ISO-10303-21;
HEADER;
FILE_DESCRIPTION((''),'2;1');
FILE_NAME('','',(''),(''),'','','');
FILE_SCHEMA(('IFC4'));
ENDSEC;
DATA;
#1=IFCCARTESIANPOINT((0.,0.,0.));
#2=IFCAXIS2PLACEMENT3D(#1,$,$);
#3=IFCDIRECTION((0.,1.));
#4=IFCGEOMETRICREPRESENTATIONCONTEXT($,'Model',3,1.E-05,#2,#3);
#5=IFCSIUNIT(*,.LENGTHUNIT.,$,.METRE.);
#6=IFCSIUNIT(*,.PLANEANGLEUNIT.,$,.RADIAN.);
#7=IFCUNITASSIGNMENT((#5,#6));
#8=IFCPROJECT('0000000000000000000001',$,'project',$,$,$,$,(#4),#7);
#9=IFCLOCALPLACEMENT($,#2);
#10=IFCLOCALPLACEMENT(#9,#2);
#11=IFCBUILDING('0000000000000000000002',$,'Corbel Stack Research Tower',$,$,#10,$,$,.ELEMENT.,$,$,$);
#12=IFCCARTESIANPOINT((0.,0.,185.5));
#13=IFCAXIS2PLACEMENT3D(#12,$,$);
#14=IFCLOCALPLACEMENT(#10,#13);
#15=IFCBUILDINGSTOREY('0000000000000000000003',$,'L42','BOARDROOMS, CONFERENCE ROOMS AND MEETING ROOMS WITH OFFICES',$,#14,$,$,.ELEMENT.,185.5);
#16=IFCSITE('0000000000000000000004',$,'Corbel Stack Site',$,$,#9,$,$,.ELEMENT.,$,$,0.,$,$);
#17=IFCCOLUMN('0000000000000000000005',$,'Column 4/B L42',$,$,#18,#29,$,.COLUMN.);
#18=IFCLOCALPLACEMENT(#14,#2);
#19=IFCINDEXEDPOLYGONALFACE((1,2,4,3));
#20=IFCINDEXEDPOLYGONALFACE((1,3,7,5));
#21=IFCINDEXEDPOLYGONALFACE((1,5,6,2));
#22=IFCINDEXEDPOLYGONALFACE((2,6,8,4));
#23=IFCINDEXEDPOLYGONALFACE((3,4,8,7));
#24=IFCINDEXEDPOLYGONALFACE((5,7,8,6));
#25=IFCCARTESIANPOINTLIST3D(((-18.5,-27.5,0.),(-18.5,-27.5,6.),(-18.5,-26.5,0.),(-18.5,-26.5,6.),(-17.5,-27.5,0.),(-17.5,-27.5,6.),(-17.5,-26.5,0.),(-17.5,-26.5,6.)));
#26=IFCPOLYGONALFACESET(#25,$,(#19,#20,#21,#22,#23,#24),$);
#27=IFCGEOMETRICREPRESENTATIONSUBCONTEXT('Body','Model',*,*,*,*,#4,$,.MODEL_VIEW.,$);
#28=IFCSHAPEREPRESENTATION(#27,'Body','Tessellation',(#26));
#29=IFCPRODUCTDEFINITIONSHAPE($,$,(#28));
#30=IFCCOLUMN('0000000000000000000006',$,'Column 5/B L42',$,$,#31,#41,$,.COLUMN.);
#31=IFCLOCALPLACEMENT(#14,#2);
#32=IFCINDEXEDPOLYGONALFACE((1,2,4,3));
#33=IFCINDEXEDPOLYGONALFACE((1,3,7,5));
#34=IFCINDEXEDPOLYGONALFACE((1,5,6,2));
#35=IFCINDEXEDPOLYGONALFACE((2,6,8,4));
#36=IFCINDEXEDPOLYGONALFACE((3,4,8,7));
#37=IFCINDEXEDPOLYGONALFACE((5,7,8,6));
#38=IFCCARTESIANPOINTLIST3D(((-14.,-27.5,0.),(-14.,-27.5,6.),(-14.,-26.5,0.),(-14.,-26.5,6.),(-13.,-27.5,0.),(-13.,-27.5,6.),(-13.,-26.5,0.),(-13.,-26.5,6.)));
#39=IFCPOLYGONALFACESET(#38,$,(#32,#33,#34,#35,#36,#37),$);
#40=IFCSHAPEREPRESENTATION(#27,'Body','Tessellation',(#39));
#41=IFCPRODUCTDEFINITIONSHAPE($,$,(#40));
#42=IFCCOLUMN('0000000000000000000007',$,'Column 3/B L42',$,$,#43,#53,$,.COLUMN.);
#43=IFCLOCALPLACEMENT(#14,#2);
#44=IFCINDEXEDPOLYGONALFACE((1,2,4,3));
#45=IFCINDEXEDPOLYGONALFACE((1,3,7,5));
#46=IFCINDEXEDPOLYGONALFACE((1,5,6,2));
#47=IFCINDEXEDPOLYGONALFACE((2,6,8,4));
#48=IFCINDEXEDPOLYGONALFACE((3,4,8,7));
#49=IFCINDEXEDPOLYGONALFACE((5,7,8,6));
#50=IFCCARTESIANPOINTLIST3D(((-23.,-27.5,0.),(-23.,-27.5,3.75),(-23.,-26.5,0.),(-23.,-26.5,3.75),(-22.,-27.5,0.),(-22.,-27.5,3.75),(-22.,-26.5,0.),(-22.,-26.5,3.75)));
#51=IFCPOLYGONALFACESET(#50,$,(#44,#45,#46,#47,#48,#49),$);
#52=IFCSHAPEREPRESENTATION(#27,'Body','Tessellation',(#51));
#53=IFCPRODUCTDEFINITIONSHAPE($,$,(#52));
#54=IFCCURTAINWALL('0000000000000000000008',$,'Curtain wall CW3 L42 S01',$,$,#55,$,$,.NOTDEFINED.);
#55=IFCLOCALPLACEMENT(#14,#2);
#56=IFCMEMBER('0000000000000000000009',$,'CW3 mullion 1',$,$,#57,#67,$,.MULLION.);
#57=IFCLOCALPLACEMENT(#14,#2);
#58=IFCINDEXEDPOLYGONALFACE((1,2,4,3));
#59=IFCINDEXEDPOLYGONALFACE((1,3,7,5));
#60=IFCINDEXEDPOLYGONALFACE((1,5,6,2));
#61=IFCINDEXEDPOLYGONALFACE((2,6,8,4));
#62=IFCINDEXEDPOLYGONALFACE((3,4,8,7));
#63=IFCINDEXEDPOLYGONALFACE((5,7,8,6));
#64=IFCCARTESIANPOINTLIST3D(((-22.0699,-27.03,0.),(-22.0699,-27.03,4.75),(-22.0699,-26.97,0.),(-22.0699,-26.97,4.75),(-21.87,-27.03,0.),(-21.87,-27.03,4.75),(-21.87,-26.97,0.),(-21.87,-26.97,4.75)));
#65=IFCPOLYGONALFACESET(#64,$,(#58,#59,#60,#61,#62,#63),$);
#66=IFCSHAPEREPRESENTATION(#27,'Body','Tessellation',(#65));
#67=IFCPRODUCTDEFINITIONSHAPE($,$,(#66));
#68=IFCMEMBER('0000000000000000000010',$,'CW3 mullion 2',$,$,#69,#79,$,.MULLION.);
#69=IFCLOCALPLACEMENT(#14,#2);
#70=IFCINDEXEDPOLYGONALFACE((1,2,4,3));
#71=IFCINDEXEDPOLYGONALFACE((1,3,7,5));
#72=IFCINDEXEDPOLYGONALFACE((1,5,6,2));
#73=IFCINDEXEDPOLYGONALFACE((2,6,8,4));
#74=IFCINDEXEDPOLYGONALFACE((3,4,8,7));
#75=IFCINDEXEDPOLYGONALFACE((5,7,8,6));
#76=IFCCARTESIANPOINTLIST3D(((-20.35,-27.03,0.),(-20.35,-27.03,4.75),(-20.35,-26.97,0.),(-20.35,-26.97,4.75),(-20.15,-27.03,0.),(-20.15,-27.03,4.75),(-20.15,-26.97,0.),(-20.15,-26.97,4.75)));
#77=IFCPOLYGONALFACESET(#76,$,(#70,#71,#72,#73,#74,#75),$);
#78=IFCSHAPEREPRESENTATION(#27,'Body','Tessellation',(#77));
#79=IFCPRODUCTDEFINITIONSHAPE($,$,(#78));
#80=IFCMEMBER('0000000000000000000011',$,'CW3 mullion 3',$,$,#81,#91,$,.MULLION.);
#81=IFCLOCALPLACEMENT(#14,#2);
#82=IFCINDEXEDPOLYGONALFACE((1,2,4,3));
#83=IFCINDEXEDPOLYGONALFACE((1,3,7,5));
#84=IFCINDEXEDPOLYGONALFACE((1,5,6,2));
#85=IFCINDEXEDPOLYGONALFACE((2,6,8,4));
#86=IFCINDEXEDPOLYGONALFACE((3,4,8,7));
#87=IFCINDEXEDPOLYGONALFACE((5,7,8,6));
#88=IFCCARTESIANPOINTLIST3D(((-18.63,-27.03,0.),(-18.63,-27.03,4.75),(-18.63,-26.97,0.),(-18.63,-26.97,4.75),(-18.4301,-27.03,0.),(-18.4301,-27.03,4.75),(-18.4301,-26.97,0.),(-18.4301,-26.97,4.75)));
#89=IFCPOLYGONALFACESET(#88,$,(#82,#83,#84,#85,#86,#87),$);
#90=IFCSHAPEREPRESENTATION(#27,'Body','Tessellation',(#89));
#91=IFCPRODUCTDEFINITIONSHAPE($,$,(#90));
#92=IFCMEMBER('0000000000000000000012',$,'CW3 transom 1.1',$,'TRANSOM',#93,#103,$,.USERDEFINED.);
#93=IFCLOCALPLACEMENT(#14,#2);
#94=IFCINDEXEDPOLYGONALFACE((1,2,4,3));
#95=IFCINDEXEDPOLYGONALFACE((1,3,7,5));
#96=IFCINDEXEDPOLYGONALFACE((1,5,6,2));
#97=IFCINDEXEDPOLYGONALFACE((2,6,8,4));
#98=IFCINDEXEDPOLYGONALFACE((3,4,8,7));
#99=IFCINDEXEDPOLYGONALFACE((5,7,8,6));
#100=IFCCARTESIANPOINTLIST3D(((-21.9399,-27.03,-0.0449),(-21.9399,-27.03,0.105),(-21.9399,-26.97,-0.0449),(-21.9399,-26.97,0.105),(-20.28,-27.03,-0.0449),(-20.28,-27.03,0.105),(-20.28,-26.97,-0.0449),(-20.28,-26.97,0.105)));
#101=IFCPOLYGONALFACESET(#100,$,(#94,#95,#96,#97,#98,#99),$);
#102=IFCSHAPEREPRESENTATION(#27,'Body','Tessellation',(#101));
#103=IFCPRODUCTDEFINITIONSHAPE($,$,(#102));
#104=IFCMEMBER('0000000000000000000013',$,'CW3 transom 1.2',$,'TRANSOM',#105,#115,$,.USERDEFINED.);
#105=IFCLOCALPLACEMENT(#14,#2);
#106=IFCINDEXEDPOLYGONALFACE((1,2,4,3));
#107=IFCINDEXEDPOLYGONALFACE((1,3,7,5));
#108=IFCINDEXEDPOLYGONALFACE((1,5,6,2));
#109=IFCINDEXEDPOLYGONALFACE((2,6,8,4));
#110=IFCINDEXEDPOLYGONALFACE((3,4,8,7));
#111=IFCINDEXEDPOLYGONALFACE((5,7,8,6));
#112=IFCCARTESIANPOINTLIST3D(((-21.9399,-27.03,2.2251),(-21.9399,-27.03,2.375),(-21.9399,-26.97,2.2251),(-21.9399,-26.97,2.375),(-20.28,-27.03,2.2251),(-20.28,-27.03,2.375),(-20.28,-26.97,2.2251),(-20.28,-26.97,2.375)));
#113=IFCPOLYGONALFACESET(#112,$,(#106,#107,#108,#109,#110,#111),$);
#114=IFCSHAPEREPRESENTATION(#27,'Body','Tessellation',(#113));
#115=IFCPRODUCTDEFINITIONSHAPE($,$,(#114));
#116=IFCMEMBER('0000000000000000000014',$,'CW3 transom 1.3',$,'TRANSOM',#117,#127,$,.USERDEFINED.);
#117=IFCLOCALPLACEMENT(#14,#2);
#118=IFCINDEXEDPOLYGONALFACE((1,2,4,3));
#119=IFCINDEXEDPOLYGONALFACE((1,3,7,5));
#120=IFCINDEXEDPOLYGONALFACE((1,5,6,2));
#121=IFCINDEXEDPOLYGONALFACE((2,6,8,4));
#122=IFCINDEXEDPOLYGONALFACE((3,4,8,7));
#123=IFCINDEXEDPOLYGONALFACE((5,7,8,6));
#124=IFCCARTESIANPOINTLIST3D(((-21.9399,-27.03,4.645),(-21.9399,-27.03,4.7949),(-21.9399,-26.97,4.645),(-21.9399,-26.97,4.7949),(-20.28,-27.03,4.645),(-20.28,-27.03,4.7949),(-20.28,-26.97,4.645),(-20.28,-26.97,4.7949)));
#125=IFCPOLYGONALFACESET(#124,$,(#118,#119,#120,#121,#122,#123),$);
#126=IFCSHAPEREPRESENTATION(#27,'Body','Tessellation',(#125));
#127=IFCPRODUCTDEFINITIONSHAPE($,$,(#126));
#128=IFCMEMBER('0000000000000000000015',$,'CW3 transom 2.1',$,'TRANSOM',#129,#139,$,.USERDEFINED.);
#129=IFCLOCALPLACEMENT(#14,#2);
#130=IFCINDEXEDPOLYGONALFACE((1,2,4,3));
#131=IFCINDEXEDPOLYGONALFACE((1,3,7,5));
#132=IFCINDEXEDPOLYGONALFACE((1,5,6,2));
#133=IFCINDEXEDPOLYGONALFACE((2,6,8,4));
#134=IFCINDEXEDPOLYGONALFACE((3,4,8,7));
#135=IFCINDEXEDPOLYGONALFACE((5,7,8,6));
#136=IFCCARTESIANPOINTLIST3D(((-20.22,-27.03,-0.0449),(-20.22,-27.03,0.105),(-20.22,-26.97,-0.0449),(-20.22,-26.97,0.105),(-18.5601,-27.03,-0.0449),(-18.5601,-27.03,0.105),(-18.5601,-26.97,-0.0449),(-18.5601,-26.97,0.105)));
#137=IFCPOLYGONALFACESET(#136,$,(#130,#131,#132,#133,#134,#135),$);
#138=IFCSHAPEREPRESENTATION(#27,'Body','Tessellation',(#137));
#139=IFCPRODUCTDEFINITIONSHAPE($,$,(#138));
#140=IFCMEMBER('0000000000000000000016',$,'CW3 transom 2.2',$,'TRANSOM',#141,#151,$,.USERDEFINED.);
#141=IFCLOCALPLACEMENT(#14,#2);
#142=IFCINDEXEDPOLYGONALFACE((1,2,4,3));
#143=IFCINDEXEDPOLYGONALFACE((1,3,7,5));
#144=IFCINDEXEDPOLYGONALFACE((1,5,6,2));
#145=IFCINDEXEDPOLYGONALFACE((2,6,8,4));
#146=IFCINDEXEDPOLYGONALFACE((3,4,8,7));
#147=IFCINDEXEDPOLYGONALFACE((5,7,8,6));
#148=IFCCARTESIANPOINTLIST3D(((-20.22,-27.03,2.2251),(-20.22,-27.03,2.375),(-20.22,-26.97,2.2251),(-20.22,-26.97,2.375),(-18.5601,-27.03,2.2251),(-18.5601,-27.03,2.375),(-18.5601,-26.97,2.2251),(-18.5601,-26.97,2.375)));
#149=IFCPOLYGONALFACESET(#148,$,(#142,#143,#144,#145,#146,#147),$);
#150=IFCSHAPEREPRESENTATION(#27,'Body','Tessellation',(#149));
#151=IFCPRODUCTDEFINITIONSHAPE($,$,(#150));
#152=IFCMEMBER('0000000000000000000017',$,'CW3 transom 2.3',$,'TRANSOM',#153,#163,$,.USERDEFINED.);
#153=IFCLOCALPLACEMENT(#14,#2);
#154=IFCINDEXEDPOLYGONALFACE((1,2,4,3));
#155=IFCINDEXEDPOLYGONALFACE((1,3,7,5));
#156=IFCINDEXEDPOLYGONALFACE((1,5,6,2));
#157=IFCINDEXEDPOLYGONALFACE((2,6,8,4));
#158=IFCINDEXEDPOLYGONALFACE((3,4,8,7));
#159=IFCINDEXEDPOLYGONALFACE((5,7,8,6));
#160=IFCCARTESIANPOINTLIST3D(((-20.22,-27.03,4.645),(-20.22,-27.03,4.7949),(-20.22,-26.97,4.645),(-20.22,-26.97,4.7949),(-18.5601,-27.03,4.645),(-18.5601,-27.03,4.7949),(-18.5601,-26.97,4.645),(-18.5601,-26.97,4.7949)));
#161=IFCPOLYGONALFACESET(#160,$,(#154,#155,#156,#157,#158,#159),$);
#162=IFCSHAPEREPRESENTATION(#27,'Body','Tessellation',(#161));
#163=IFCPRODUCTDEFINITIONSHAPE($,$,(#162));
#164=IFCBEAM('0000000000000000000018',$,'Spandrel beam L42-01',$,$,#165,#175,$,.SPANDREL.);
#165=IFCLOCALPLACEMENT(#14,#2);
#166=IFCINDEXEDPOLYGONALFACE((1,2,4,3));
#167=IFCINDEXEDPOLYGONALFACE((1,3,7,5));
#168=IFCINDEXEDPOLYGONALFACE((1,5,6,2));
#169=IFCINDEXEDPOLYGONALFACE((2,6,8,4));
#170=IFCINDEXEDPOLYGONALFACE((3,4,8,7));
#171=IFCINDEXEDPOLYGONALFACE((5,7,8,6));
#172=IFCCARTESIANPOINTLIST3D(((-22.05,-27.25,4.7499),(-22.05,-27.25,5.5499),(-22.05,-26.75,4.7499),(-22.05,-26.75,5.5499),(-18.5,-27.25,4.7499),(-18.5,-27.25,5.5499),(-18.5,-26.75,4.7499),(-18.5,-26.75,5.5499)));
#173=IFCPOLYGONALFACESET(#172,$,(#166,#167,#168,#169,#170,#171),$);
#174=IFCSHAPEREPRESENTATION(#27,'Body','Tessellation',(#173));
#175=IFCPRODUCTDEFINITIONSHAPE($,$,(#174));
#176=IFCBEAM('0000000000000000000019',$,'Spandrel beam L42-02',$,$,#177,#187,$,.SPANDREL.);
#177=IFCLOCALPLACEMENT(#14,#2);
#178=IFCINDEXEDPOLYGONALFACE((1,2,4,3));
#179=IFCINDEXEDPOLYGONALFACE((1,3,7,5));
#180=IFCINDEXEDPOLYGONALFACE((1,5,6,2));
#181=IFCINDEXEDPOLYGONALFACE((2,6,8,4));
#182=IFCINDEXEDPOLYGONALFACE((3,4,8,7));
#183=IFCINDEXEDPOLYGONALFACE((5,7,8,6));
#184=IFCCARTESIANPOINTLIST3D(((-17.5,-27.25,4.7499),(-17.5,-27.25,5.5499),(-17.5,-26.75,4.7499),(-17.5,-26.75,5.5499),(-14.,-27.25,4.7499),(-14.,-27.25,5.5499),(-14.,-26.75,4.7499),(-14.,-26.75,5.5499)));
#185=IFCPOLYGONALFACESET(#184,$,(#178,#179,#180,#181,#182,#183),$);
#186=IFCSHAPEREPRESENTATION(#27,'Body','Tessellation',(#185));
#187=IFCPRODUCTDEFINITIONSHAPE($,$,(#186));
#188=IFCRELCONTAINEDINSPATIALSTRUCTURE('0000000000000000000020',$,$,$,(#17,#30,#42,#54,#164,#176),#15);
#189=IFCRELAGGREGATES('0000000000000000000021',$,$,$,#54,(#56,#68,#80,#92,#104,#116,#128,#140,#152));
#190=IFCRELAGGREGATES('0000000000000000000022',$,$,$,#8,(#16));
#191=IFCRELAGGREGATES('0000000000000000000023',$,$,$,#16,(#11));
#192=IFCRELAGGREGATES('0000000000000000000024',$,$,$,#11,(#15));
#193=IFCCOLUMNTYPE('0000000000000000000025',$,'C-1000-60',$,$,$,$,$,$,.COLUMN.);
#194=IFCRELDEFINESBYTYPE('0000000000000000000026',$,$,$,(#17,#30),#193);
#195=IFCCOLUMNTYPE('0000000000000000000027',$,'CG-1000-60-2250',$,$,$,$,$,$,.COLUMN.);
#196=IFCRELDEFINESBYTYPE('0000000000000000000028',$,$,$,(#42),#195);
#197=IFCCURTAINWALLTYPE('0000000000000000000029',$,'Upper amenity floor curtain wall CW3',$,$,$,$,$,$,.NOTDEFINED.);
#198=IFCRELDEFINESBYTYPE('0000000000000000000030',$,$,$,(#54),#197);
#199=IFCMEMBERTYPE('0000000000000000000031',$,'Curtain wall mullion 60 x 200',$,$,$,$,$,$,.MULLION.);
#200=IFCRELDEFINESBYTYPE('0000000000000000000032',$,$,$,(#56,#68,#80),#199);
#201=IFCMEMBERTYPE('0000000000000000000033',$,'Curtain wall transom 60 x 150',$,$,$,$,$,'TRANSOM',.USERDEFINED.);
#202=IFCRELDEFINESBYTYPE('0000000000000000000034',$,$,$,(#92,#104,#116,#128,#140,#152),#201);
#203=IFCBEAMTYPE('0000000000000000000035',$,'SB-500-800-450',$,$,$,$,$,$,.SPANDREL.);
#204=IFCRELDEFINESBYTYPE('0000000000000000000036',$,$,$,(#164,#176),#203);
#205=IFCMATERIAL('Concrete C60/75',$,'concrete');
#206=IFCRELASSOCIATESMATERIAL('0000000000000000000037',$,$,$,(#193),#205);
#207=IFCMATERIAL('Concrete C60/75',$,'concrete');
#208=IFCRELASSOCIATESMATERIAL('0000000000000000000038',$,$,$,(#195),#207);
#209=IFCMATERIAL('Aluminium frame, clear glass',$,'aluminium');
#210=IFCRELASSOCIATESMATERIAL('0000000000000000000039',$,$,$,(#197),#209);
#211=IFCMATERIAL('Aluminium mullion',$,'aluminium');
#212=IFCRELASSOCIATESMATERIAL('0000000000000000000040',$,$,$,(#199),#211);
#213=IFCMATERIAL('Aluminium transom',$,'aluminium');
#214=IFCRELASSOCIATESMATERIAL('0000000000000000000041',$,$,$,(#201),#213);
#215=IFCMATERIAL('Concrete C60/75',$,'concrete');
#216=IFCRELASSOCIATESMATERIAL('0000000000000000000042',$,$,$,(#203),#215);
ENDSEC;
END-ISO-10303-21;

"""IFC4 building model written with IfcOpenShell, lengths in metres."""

from ifc_helpers import new_model, si_unit, direction, frame, origin, origin_2d, place, context, subcontext, project, spatial, rectangle, extrude, material, material_profile, profile_set, type_object, element, aggregate, save


model = new_model("IFC4")

# Units and contexts
model_context = context("Model", 3, precision=1e-05, world=origin(), true_north=direction((0.0, 1.0)))
body_context = subcontext(model_context, "Body", "Model", "MODEL_VIEW")
ifc_project = project(units=[si_unit("LENGTHUNIT", "METRE"), si_unit("PLANEANGLEUNIT", "RADIAN")], contexts=[model_context])

# Site, building, storey
site_placement = place(None, origin())
site = spatial("IfcSite", under=ifc_project, at=site_placement, Name="Corbel Stack Site", CompositionType="ELEMENT", RefElevation=0.0)
building_placement = place(site_placement, origin())
building = spatial("IfcBuilding", under=site, at=building_placement, Name="Corbel Stack Research Tower", CompositionType="ELEMENT")
storey_placement = place(building_placement, frame((0.0, 0.0, 185.5)))
storey = spatial("IfcBuildingStorey", under=building, at=storey_placement, Name="L42", Description="BOARDROOMS, CONFERENCE ROOMS AND MEETING ROOMS WITH OFFICES", CompositionType="ELEMENT", Elevation=185.5)

# Columns
ifc_material_1 = material(Name="Concrete C60/75", Category="concrete")
ifc_material_profile_1 = material_profile(ifc_material_1, rectangle(XDim=1.0, YDim=1.0, at=origin_2d()), Name="RC 1000 x 1000")
ifc_profile_set_1 = profile_set([ifc_material_profile_1], Name="Concrete C60/75")
column_type_1 = type_object("IfcColumnType", Name="C-1000-60", PredefinedType="COLUMN", material=ifc_profile_set_1)
for number, where, z_axis, x_axis, name in (
    (1, (-18.0, -27.0, 0.0), (0.0, 0.0, 1.0), (1.0, 0.0, 0.0), "Column 4/B L42"),
    (2, (-13.5, -27.0, 0.0), (0.0, 0.0, 1.0), (1.0, 0.0, 0.0), "Column 5/B L42"),
):
    element("IfcColumn", number, at=place(storey_placement, frame(where, z_axis=z_axis, x_axis=x_axis)), inside=storey, type_object=column_type_1, Name=name, PredefinedType="COLUMN", context=body_context, shape_type="SweptSolid", body=[
        extrude(rectangle(XDim=1.0, YDim=1.0, at=origin_2d()), origin(), (0.0, 0.0, 1.0), 6.0),
    ])
ifc_material_2 = material(Name="Concrete C60/75", Category="concrete")
ifc_material_profile_2 = material_profile(ifc_material_2, rectangle(XDim=1.0, YDim=1.0, at=origin_2d()), Name="RC 1000 x 1000")
ifc_profile_set_2 = profile_set([ifc_material_profile_2], Name="Concrete C60/75")
column_type_2 = type_object("IfcColumnType", Name="CG-1000-60-2250", PredefinedType="COLUMN", material=ifc_profile_set_2)
column_placement = place(storey_placement, frame((-22.5, -27.0, 0.0), z_axis=(0.0, 0.0, 1.0), x_axis=(1.0, 0.0, 0.0)))
element("IfcColumn", 3, at=column_placement, inside=storey, type_object=column_type_2, Name="Column 3/B L42", PredefinedType="COLUMN", context=body_context, shape_type="SweptSolid", body=[
    extrude(rectangle(XDim=1.0, YDim=1.0, at=origin_2d()), origin(), (0.0, 0.0, 1.0), 3.75),
])

# Curtain wall, members
ifc_material_3 = material(Name="Aluminium frame, clear glass", Category="aluminium")
curtain_wall_type = type_object("IfcCurtainWallType", Name="Upper amenity floor curtain wall CW3", PredefinedType="NOTDEFINED", material=ifc_material_3)
curtain_wall_placement = place(storey_placement, origin())
curtain_wall = element("IfcCurtainWall", 4, at=curtain_wall_placement, inside=storey, type_object=curtain_wall_type, Name="Curtain wall CW3 L42 S01", PredefinedType="NOTDEFINED")
ifc_material_4 = material(Name="Aluminium mullion", Category="aluminium")
ifc_material_profile_3 = material_profile(ifc_material_4, rectangle(XDim=0.0601, YDim=0.2, at=origin_2d()), Name="Mullion 60 x 200")
ifc_profile_set_3 = profile_set([ifc_material_profile_3], Name="Aluminium mullion")
member_type_1 = type_object("IfcMemberType", Name="Curtain wall mullion 60 x 200", PredefinedType="MULLION", material=ifc_profile_set_3)
member_1_placement = place(storey_placement, frame((-21.97, -27.0, 0.0), z_axis=(0.0, 0.0, 1.0), x_axis=(0.0, 1.0, 0.0)))
member_1 = element("IfcMember", 5, at=member_1_placement, type_object=member_type_1, Name="CW3 mullion 1", PredefinedType="MULLION", context=body_context, shape_type="SweptSolid", body=[
    extrude(rectangle(XDim=0.0601, YDim=0.2, at=origin_2d()), origin(), (0.0, 0.0, 1.0), 4.75),
])
member_2_placement = place(storey_placement, frame((-20.25, -27.0, 0.0), z_axis=(0.0, 0.0, 1.0), x_axis=(0.0, 1.0, 0.0)))
member_2 = element("IfcMember", 6, at=member_2_placement, type_object=member_type_1, Name="CW3 mullion 2", PredefinedType="MULLION", context=body_context, shape_type="SweptSolid", body=[
    extrude(rectangle(XDim=0.0601, YDim=0.2, at=origin_2d()), origin(), (0.0, 0.0, 1.0), 4.75),
])
member_3_placement = place(storey_placement, frame((-18.53, -27.0, 0.0), z_axis=(0.0, 0.0, 1.0), x_axis=(0.0, 1.0, 0.0)))
member_3 = element("IfcMember", 7, at=member_3_placement, type_object=member_type_1, Name="CW3 mullion 3", PredefinedType="MULLION", context=body_context, shape_type="SweptSolid", body=[
    extrude(rectangle(XDim=0.0601, YDim=0.2, at=origin_2d()), origin(), (0.0, 0.0, 1.0), 4.75),
])
ifc_material_5 = material(Name="Aluminium transom", Category="aluminium")
ifc_material_profile_4 = material_profile(ifc_material_5, rectangle(XDim=0.0601, YDim=0.1499, at=origin_2d()), Name="Transom 60 x 150")
ifc_profile_set_4 = profile_set([ifc_material_profile_4], Name="Aluminium transom")
member_type_2 = type_object("IfcMemberType", Name="Curtain wall transom 60 x 150", ElementType="TRANSOM", PredefinedType="USERDEFINED", material=ifc_profile_set_4)
member_4_placement = place(storey_placement, frame((-21.9399, -27.0, 0.03), z_axis=(1.0, 0.0, 0.0), x_axis=(0.0, 1.0, 0.0)))
member_4 = element("IfcMember", 8, at=member_4_placement, type_object=member_type_2, Name="CW3 transom 1.1", ObjectType="TRANSOM", PredefinedType="USERDEFINED", context=body_context, shape_type="SweptSolid", body=[
    extrude(rectangle(XDim=0.0601, YDim=0.1499, at=origin_2d()), origin(), (0.0, 0.0, 1.0), 1.6599),
])
member_5_placement = place(storey_placement, frame((-21.9399, -27.0, 2.3), z_axis=(1.0, 0.0, 0.0), x_axis=(0.0, 1.0, 0.0)))
member_5 = element("IfcMember", 9, at=member_5_placement, type_object=member_type_2, Name="CW3 transom 1.2", ObjectType="TRANSOM", PredefinedType="USERDEFINED", context=body_context, shape_type="SweptSolid", body=[
    extrude(rectangle(XDim=0.0601, YDim=0.1499, at=origin_2d()), origin(), (0.0, 0.0, 1.0), 1.6599),
])
member_6_placement = place(storey_placement, frame((-21.9399, -27.0, 4.72), z_axis=(1.0, 0.0, 0.0), x_axis=(0.0, 1.0, 0.0)))
member_6 = element("IfcMember", 10, at=member_6_placement, type_object=member_type_2, Name="CW3 transom 1.3", ObjectType="TRANSOM", PredefinedType="USERDEFINED", context=body_context, shape_type="SweptSolid", body=[
    extrude(rectangle(XDim=0.0601, YDim=0.1499, at=origin_2d()), origin(), (0.0, 0.0, 1.0), 1.6599),
])
member_7_placement = place(storey_placement, frame((-20.22, -27.0, 0.03), z_axis=(1.0, 0.0, 0.0), x_axis=(0.0, 1.0, 0.0)))
member_7 = element("IfcMember", 11, at=member_7_placement, type_object=member_type_2, Name="CW3 transom 2.1", ObjectType="TRANSOM", PredefinedType="USERDEFINED", context=body_context, shape_type="SweptSolid", body=[
    extrude(rectangle(XDim=0.0601, YDim=0.1499, at=origin_2d()), origin(), (0.0, 0.0, 1.0), 1.6599),
])
member_8_placement = place(storey_placement, frame((-20.22, -27.0, 2.3), z_axis=(1.0, 0.0, 0.0), x_axis=(0.0, 1.0, 0.0)))
member_8 = element("IfcMember", 12, at=member_8_placement, type_object=member_type_2, Name="CW3 transom 2.2", ObjectType="TRANSOM", PredefinedType="USERDEFINED", context=body_context, shape_type="SweptSolid", body=[
    extrude(rectangle(XDim=0.0601, YDim=0.1499, at=origin_2d()), origin(), (0.0, 0.0, 1.0), 1.6599),
])
member_9_placement = place(storey_placement, frame((-20.22, -27.0, 4.72), z_axis=(1.0, 0.0, 0.0), x_axis=(0.0, 1.0, 0.0)))
member_9 = element("IfcMember", 13, at=member_9_placement, type_object=member_type_2, Name="CW3 transom 2.3", ObjectType="TRANSOM", PredefinedType="USERDEFINED", context=body_context, shape_type="SweptSolid", body=[
    extrude(rectangle(XDim=0.0601, YDim=0.1499, at=origin_2d()), origin(), (0.0, 0.0, 1.0), 1.6599),
])

# Beams
ifc_material_6 = material(Name="Concrete C60/75", Category="concrete")
ifc_material_profile_5 = material_profile(ifc_material_6, rectangle(XDim=0.5, YDim=0.8, at=origin_2d()), Name="RC 500 x 800")
ifc_profile_set_5 = profile_set([ifc_material_profile_5], Name="Concrete C60/75")
beam_type_1 = type_object("IfcBeamType", Name="SB-500-800-450", PredefinedType="SPANDREL", material=ifc_profile_set_5)
beam_1_placement = place(storey_placement, frame((-22.05, -27.0, 5.1499), z_axis=(1.0, 0.0, 0.0), x_axis=(0.0, 1.0, 0.0)))
element("IfcBeam", 14, at=beam_1_placement, inside=storey, type_object=beam_type_1, Name="Spandrel beam L42-01", PredefinedType="SPANDREL", context=body_context, shape_type="SweptSolid", body=[
    extrude(rectangle(XDim=0.5, YDim=0.8, at=origin_2d()), origin(), (0.0, 0.0, 1.0), 3.55),
])
beam_2_placement = place(storey_placement, frame((-17.5, -27.0, 5.1499), z_axis=(1.0, 0.0, 0.0), x_axis=(0.0, 1.0, 0.0)))
element("IfcBeam", 15, at=beam_2_placement, inside=storey, type_object=beam_type_1, Name="Spandrel beam L42-02", PredefinedType="SPANDREL", context=body_context, shape_type="SweptSolid", body=[
    extrude(rectangle(XDim=0.5, YDim=0.8, at=origin_2d()), origin(), (0.0, 0.0, 1.0), 3.5),
])

aggregate(curtain_wall, [member_1, member_2, member_3, member_4, member_5, member_6, member_7, member_8, member_9])

save(model, "model.ifc")
